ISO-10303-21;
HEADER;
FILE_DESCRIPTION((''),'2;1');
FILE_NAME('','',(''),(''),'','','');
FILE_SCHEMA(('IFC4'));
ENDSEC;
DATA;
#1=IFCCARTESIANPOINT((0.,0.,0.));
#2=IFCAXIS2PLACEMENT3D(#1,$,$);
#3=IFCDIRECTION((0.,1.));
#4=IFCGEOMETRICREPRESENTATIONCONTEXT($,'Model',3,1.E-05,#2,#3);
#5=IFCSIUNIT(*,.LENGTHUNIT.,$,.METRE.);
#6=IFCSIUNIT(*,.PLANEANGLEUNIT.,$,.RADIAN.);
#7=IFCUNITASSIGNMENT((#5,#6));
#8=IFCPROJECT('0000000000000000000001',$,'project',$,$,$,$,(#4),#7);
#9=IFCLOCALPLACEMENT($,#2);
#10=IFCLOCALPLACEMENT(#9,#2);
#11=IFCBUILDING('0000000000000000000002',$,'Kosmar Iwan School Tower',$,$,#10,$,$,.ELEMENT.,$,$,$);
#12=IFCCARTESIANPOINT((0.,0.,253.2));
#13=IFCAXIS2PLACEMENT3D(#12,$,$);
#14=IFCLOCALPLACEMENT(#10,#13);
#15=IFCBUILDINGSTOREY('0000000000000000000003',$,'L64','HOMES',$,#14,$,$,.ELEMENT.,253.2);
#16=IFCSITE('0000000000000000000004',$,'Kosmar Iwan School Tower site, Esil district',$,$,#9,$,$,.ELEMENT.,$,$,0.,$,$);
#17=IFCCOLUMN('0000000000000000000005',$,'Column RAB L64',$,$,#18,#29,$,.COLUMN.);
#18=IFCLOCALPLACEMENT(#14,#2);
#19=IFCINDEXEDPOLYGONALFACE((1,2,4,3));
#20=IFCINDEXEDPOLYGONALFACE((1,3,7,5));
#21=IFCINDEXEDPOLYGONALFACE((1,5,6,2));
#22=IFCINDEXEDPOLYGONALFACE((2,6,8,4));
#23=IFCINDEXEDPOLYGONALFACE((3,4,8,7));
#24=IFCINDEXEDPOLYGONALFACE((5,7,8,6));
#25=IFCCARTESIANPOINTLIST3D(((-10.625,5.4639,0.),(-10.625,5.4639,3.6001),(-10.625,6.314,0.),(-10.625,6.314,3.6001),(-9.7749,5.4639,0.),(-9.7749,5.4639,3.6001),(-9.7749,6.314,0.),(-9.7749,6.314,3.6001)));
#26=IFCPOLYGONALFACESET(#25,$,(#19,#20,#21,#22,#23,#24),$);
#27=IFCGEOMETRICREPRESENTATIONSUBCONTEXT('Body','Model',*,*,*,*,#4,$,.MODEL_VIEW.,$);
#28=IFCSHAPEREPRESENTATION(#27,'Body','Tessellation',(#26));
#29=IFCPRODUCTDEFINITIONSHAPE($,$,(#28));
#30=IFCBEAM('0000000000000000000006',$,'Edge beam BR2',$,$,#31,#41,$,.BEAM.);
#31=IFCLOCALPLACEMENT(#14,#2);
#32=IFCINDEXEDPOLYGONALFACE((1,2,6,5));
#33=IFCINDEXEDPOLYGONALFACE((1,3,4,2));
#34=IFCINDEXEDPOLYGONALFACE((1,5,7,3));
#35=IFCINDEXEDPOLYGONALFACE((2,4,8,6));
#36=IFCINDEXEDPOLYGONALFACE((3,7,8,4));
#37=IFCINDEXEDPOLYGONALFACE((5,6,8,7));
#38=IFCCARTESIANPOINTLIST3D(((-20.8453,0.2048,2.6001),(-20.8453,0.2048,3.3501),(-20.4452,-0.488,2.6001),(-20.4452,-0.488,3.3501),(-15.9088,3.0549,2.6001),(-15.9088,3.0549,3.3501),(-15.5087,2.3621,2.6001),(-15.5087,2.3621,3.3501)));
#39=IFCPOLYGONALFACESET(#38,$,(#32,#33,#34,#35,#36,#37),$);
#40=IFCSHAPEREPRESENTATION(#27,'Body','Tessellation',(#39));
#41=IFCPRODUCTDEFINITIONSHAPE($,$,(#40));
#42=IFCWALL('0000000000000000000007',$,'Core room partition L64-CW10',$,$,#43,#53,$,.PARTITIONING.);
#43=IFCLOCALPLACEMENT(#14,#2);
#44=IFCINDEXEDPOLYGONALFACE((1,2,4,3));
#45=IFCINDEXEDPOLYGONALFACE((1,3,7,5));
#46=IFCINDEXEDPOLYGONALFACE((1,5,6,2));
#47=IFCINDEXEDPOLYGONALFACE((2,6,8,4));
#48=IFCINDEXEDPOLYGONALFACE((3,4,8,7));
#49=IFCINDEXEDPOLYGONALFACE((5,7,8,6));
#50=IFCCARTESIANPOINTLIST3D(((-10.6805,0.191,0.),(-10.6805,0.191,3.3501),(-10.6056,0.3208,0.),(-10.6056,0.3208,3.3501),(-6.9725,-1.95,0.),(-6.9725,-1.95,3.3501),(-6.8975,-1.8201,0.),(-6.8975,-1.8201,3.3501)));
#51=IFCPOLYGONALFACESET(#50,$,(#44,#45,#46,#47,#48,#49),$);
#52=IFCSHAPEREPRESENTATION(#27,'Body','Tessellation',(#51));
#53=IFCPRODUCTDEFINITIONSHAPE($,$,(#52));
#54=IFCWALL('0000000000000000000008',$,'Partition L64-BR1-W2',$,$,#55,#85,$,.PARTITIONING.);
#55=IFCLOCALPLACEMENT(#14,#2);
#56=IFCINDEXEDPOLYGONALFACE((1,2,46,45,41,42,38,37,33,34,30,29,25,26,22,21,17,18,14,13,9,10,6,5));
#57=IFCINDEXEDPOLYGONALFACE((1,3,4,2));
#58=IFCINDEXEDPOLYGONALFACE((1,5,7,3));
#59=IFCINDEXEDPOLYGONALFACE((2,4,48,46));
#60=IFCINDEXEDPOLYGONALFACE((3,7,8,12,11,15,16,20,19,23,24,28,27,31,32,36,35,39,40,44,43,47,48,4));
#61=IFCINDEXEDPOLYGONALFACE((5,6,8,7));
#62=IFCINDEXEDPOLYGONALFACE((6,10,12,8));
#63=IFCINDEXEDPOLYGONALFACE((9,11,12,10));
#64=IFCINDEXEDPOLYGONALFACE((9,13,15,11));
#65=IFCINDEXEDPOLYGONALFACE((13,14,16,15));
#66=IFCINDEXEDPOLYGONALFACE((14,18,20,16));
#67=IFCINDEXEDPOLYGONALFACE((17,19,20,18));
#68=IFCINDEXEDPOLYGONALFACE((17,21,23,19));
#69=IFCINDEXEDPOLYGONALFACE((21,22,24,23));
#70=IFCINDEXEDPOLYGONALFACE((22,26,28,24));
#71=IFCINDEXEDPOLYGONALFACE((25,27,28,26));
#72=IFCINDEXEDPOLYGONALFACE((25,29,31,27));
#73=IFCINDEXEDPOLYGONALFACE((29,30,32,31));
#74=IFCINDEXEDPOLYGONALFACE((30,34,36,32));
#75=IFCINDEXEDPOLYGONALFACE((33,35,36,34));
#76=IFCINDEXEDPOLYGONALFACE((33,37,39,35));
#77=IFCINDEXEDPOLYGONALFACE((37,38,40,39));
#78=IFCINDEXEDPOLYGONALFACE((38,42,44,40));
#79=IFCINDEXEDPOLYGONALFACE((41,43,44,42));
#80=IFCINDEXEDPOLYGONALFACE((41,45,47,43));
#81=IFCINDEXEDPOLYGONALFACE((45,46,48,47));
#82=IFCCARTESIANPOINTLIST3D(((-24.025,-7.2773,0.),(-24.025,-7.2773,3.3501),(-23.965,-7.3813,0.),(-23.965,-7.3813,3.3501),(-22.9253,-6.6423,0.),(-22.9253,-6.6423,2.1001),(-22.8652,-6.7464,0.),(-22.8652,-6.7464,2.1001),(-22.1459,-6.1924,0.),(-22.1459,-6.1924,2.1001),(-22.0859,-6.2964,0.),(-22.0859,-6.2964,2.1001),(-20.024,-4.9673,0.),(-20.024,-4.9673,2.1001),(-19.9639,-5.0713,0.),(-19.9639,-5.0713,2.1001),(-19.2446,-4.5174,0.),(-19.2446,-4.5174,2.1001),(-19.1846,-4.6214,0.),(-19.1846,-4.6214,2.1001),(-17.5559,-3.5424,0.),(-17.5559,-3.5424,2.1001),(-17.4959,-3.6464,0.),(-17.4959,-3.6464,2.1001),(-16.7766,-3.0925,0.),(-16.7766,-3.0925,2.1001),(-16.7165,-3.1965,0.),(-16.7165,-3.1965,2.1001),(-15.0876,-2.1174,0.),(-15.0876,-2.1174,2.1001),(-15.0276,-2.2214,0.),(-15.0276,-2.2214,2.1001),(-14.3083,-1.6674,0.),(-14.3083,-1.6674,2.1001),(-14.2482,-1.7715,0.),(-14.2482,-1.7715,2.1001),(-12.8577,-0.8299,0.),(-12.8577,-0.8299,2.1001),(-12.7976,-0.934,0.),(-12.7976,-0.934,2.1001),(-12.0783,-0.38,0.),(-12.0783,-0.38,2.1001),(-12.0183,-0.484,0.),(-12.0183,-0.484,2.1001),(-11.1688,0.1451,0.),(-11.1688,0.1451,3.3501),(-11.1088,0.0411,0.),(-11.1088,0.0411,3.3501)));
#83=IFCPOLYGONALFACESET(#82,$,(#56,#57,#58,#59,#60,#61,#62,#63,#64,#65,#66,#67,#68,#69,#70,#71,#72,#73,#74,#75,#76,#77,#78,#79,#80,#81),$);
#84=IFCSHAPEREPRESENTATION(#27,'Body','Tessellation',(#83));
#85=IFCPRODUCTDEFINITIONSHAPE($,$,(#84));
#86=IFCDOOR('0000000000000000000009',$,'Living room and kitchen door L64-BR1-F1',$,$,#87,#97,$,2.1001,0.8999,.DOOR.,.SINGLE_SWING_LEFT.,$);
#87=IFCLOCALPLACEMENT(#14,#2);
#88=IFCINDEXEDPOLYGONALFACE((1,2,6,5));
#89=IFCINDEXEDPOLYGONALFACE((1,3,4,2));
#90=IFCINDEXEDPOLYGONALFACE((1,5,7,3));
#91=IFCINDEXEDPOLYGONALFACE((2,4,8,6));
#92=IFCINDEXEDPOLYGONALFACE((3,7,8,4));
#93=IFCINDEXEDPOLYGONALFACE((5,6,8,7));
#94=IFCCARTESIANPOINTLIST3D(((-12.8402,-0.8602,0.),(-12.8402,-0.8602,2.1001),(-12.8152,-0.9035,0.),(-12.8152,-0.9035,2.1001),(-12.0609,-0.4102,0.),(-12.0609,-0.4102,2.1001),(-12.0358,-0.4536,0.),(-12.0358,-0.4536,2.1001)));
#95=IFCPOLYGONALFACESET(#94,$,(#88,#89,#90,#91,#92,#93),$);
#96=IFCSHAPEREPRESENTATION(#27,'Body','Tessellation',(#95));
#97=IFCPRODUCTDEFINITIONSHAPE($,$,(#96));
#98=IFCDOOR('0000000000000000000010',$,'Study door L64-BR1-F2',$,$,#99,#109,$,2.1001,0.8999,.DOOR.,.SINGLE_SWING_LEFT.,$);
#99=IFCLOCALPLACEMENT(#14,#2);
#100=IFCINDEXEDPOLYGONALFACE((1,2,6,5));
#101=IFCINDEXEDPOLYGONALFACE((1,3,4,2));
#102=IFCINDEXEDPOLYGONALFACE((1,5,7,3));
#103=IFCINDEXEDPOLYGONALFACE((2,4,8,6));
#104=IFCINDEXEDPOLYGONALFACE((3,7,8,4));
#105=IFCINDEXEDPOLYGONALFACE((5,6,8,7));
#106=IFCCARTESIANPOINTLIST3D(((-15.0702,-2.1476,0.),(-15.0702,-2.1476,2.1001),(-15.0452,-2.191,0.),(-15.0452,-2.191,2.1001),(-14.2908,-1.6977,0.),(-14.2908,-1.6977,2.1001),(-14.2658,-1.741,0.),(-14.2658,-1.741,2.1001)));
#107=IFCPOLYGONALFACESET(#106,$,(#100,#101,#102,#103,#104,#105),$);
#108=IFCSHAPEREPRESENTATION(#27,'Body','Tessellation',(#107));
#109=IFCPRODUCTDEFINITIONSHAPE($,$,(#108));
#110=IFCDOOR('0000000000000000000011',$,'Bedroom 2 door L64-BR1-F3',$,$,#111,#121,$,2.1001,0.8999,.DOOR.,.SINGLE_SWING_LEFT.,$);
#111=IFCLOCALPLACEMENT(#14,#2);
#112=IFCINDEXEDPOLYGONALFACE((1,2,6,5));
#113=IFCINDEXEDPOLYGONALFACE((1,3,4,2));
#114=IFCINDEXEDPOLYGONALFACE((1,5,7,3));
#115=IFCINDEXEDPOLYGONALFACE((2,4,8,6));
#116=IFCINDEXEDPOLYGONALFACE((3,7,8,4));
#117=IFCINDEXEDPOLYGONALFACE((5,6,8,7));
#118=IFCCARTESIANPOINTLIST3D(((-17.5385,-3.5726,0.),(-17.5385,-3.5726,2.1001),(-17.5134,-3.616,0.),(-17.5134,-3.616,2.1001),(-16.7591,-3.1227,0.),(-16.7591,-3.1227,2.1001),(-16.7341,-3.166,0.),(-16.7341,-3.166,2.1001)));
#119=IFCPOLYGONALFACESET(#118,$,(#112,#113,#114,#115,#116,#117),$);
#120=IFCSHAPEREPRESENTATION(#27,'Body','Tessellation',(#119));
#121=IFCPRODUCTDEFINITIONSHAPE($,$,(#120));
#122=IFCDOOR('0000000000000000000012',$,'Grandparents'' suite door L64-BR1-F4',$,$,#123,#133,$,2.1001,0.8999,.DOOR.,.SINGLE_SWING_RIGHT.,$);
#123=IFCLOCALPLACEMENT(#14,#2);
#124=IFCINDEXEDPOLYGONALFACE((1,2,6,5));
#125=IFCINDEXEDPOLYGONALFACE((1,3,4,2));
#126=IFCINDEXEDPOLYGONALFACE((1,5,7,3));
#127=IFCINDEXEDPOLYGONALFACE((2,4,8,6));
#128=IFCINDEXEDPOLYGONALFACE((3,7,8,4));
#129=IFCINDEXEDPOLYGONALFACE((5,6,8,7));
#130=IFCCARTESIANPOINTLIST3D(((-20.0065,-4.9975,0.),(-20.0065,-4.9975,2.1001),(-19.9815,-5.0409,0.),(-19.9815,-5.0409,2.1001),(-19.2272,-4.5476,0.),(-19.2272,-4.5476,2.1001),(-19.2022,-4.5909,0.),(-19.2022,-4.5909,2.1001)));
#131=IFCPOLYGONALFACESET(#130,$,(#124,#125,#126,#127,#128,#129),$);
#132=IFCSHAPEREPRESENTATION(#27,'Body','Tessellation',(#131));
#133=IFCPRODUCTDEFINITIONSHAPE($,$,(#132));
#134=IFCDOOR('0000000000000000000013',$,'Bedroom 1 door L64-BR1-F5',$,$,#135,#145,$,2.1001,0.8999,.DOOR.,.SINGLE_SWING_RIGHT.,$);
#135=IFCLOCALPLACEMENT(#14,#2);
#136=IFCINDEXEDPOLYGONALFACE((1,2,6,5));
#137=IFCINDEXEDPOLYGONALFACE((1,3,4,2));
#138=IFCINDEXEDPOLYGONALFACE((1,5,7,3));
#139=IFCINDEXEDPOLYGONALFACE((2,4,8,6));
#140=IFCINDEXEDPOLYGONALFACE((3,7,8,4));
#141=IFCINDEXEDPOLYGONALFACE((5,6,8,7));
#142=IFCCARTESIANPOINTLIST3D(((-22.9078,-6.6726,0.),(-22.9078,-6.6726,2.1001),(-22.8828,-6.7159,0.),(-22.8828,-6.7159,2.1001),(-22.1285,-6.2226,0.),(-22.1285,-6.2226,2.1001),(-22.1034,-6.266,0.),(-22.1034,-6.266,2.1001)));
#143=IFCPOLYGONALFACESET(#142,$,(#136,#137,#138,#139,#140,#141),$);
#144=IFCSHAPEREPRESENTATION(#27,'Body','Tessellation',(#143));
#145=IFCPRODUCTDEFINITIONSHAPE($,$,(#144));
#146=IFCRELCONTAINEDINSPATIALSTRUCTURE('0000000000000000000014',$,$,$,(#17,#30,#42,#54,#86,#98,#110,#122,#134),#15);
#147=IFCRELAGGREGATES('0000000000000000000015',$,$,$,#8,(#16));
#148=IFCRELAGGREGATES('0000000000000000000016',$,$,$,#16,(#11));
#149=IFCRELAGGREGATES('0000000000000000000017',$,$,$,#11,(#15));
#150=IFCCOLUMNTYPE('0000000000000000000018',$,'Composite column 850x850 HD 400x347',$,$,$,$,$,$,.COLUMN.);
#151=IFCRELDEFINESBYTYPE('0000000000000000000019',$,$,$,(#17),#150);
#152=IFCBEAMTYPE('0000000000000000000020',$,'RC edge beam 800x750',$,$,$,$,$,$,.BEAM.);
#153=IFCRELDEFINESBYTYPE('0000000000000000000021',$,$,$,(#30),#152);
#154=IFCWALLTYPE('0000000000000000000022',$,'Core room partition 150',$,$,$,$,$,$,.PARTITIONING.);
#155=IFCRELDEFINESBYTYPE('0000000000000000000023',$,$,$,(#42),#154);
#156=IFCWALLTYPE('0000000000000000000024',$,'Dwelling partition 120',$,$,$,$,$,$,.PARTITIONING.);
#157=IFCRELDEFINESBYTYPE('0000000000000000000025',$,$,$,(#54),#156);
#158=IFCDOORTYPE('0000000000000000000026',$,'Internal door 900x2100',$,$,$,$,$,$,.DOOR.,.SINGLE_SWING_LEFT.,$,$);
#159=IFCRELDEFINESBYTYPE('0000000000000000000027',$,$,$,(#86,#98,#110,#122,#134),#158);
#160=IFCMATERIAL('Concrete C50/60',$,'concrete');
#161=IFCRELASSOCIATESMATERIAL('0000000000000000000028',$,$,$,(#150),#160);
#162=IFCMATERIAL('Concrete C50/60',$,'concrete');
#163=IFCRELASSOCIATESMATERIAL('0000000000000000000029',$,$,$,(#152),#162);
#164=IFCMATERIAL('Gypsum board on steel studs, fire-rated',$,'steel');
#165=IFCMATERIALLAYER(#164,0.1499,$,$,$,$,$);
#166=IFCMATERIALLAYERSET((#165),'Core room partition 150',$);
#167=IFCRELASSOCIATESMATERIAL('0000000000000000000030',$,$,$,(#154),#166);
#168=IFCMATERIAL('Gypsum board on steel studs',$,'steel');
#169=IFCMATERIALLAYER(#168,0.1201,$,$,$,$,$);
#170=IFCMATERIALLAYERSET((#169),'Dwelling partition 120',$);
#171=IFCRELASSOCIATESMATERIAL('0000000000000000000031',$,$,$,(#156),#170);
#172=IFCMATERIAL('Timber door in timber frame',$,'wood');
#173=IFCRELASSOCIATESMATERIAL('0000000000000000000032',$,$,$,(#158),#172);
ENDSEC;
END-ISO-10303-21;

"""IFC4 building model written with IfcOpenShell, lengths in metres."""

from ifc_helpers import new_model, si_unit, direction, frame, frame_2d, origin, origin_2d, place, context, subcontext, project, spatial, rectangle, extrude, material, layer, layer_set, material_profile, profile_set, type_object, element, fill, save


model = new_model("IFC4")

# Units and contexts
model_context = context("Model", 3, precision=1e-05, world=origin(), true_north=direction((0.0, 1.0)))
body_context = subcontext(model_context, "Body", "Model", "MODEL_VIEW")
ifc_project = project(units=[si_unit("LENGTHUNIT", "METRE"), si_unit("PLANEANGLEUNIT", "RADIAN")], contexts=[model_context])

# Site, building, storey
site_placement = place(None, origin())
site = spatial("IfcSite", under=ifc_project, at=site_placement, Name="Kosmar Iwan School Tower site, Esil district", CompositionType="ELEMENT", RefElevation=0.0)
building_placement = place(site_placement, origin())
building = spatial("IfcBuilding", under=site, at=building_placement, Name="Kosmar Iwan School Tower", CompositionType="ELEMENT")
storey_placement = place(building_placement, frame((0.0, 0.0, 253.2)))
storey = spatial("IfcBuildingStorey", under=building, at=storey_placement, Name="L64", Description="HOMES", CompositionType="ELEMENT", Elevation=253.2)

# Column
ifc_material_1 = material(Name="Concrete C50/60", Category="concrete")
ifc_material_profile_1 = material_profile(ifc_material_1, rectangle(XDim=0.8501, YDim=0.8501, at=origin_2d()), Name="RC 850x850 + HD 400x347")
ifc_profile_set_1 = profile_set([ifc_material_profile_1], Name="Concrete C50/60")
column_type = type_object("IfcColumnType", Name="Composite column 850x850 HD 400x347", PredefinedType="COLUMN", material=ifc_profile_set_1)
column_placement = place(storey_placement, frame((-10.2, 5.8889, 0.0), z_axis=(0.0, 0.0, 1.0), x_axis=(1.0, 0.0, 0.0)))
element("IfcColumn", 1, at=column_placement, inside=storey, type_object=column_type, Name="Column RAB L64", PredefinedType="COLUMN", context=body_context, shape_type="SweptSolid", body=[
    extrude(rectangle(XDim=0.8501, YDim=0.8501, at=origin_2d()), origin(), (0.0, 0.0, 1.0), 3.6001),
])

# Beam
ifc_material_2 = material(Name="Concrete C50/60", Category="concrete")
ifc_material_profile_2 = material_profile(ifc_material_2, rectangle(XDim=0.8, YDim=0.75, at=origin_2d()), Name="RC 800x750")
ifc_profile_set_2 = profile_set([ifc_material_profile_2], Name="Concrete C50/60")
beam_type = type_object("IfcBeamType", Name="RC edge beam 800x750", PredefinedType="BEAM", material=ifc_profile_set_2)
beam_placement = place(storey_placement, frame((-15.7087, 2.7085, 2.9751), z_axis=(-0.866026, -0.499999, 0.0), x_axis=(0.499999, -0.866026, 0.0)))
element("IfcBeam", 2, at=beam_placement, inside=storey, type_object=beam_type, Name="Edge beam BR2", PredefinedType="BEAM", context=body_context, shape_type="SweptSolid", body=[
    extrude(rectangle(XDim=0.8, YDim=0.75, at=origin_2d()), origin(), (0.0, 0.0, 1.0), 5.7002),
])

# Wall
ifc_material_3 = material(Name="Gypsum board on steel studs, fire-rated", Category="steel")
ifc_layer_1 = layer(ifc_material_3, 0.1499)
ifc_layer_set_1 = layer_set([ifc_layer_1], Name="Core room partition 150")
wall_type_1 = type_object("IfcWallType", Name="Core room partition 150", PredefinedType="PARTITIONING", material=ifc_layer_set_1)
wall_1_placement = place(storey_placement, frame((-10.6431, 0.2559, 0.0), z_axis=(0.0, 0.0, 1.0), x_axis=(0.86602, -0.500009, 0.0)))
element("IfcWall", 3, at=wall_1_placement, inside=storey, type_object=wall_type_1, Name="Core room partition L64-CW10", PredefinedType="PARTITIONING", context=body_context, shape_type="SweptSolid", body=[
    extrude(rectangle(XDim=4.2817, YDim=0.1499, at=frame_2d((2.1409, 0.0))), origin(), (0.0, 0.0, 1.0), 3.3501),
])

# Wall, openings, doors
ifc_material_4 = material(Name="Gypsum board on steel studs", Category="steel")
ifc_layer_2 = layer(ifc_material_4, 0.1201)
ifc_layer_set_2 = layer_set([ifc_layer_2], Name="Dwelling partition 120")
wall_type_2 = type_object("IfcWallType", Name="Dwelling partition 120", PredefinedType="PARTITIONING", material=ifc_layer_set_2)
wall_2_placement = place(storey_placement, frame((-11.1389, 0.093, 0.0), z_axis=(0.0, 0.0, 1.0), x_axis=(-0.86603, -0.499992, 0.0)))
wall_2 = element("IfcWall", 4, at=wall_2_placement, inside=storey, type_object=wall_type_2, Name="Partition L64-BR1-W2", PredefinedType="PARTITIONING", context=body_context, shape_type="SweptSolid", body=[
    extrude(rectangle(XDim=14.845, YDim=0.1201, at=frame_2d((7.4224, 0.0))), origin(), (0.0, 0.0, 1.0), 3.3501),
])
opening_1_placement = place(wall_2_placement, frame((1.05, 0.0, 0.0)))
opening_1 = element("IfcOpeningElement", 5, at=opening_1_placement, cuts=wall_2, PredefinedType="OPENING", context=body_context, shape_type="SweptSolid", body=[
    extrude(rectangle(XDim=0.8999, YDim=2.1001, at=frame_2d((0.45, 1.05))), frame((0.0, 0.072, 0.0), z_axis=(0.0, -1.0, 0.0), x_axis=(1.0, 0.0, 0.0)), (0.0, 0.0, 1.0), 0.144),
])
opening_2_placement = place(wall_2_placement, frame((3.625, 0.0, 0.0)))
opening_2 = element("IfcOpeningElement", 6, at=opening_2_placement, cuts=wall_2, PredefinedType="OPENING", context=body_context, shape_type="SweptSolid", body=[
    extrude(rectangle(XDim=0.8999, YDim=2.1001, at=frame_2d((0.45, 1.05))), frame((0.0, 0.072, 0.0), z_axis=(0.0, -1.0, 0.0), x_axis=(1.0, 0.0, 0.0)), (0.0, 0.0, 1.0), 0.144),
])
opening_3_placement = place(wall_2_placement, frame((6.4751, 0.0, 0.0)))
opening_3 = element("IfcOpeningElement", 7, at=opening_3_placement, cuts=wall_2, PredefinedType="OPENING", context=body_context, shape_type="SweptSolid", body=[
    extrude(rectangle(XDim=0.8999, YDim=2.1001, at=frame_2d((0.45, 1.05))), frame((0.0, 0.072, 0.0), z_axis=(0.0, -1.0, 0.0), x_axis=(1.0, 0.0, 0.0)), (0.0, 0.0, 1.0), 0.144),
])
opening_4_placement = place(wall_2_placement, frame((9.325, 0.0, 0.0)))
opening_4 = element("IfcOpeningElement", 8, at=opening_4_placement, cuts=wall_2, PredefinedType="OPENING", context=body_context, shape_type="SweptSolid", body=[
    extrude(rectangle(XDim=0.8999, YDim=2.1001, at=frame_2d((0.45, 1.05))), frame((0.0, 0.072, 0.0), z_axis=(0.0, -1.0, 0.0), x_axis=(1.0, 0.0, 0.0)), (0.0, 0.0, 1.0), 0.144),
])
opening_5_placement = place(wall_2_placement, frame((12.675, 0.0, 0.0)))
opening_5 = element("IfcOpeningElement", 9, at=opening_5_placement, cuts=wall_2, PredefinedType="OPENING", context=body_context, shape_type="SweptSolid", body=[
    extrude(rectangle(XDim=0.8999, YDim=2.1001, at=frame_2d((0.45, 1.05))), frame((0.0, 0.072, 0.0), z_axis=(0.0, -1.0, 0.0), x_axis=(1.0, 0.0, 0.0)), (0.0, 0.0, 1.0), 0.144),
])
ifc_material_5 = material(Name="Timber door in timber frame", Category="wood")
door_type = type_object("IfcDoorType", Name="Internal door 900x2100", OperationType="SINGLE_SWING_LEFT", PredefinedType="DOOR", material=ifc_material_5)
door_1_placement = place(opening_1_placement, origin())
door_1 = element("IfcDoor", 10, at=door_1_placement, inside=storey, type_object=door_type, Name="Living room and kitchen door L64-BR1-F1", OperationType="SINGLE_SWING_LEFT", OverallHeight=2.1001, OverallWidth=0.8999, PredefinedType="DOOR", context=body_context, shape_type="SweptSolid", body=[
    extrude(rectangle(XDim=0.8999, YDim=2.1001, at=frame_2d((0.45, 1.05))), frame((0.0, 0.0249, 0.0), z_axis=(0.0, -1.0, 0.0), x_axis=(1.0, 0.0, 0.0)), (0.0, 0.0, 1.0), 0.05),
])
fill(opening_1, door_1)
door_2_placement = place(opening_2_placement, origin())
door_2 = element("IfcDoor", 11, at=door_2_placement, inside=storey, type_object=door_type, Name="Study door L64-BR1-F2", OperationType="SINGLE_SWING_LEFT", OverallHeight=2.1001, OverallWidth=0.8999, PredefinedType="DOOR", context=body_context, shape_type="SweptSolid", body=[
    extrude(rectangle(XDim=0.8999, YDim=2.1001, at=frame_2d((0.45, 1.05))), frame((0.0, 0.0249, 0.0), z_axis=(0.0, -1.0, 0.0), x_axis=(1.0, 0.0, 0.0)), (0.0, 0.0, 1.0), 0.05),
])
fill(opening_2, door_2)
door_3_placement = place(opening_3_placement, origin())
door_3 = element("IfcDoor", 12, at=door_3_placement, inside=storey, type_object=door_type, Name="Bedroom 2 door L64-BR1-F3", OperationType="SINGLE_SWING_LEFT", OverallHeight=2.1001, OverallWidth=0.8999, PredefinedType="DOOR", context=body_context, shape_type="SweptSolid", body=[
    extrude(rectangle(XDim=0.8999, YDim=2.1001, at=frame_2d((0.45, 1.05))), frame((0.0, 0.0249, 0.0), z_axis=(0.0, -1.0, 0.0), x_axis=(1.0, 0.0, 0.0)), (0.0, 0.0, 1.0), 0.05),
])
fill(opening_3, door_3)
door_4_placement = place(opening_4_placement, origin())
door_4 = element("IfcDoor", 13, at=door_4_placement, inside=storey, type_object=door_type, Name="Grandparents' suite door L64-BR1-F4", OperationType="SINGLE_SWING_RIGHT", OverallHeight=2.1001, OverallWidth=0.8999, PredefinedType="DOOR", context=body_context, shape_type="SweptSolid", body=[
    extrude(rectangle(XDim=0.8999, YDim=2.1001, at=frame_2d((0.45, 1.05))), frame((0.0, 0.0249, 0.0), z_axis=(0.0, -1.0, 0.0), x_axis=(1.0, 0.0, 0.0)), (0.0, 0.0, 1.0), 0.05),
])
fill(opening_4, door_4)
door_5_placement = place(opening_5_placement, origin())
door_5 = element("IfcDoor", 14, at=door_5_placement, inside=storey, type_object=door_type, Name="Bedroom 1 door L64-BR1-F5", OperationType="SINGLE_SWING_RIGHT", OverallHeight=2.1001, OverallWidth=0.8999, PredefinedType="DOOR", context=body_context, shape_type="SweptSolid", body=[
    extrude(rectangle(XDim=0.8999, YDim=2.1001, at=frame_2d((0.45, 1.05))), frame((0.0, 0.0249, 0.0), z_axis=(0.0, -1.0, 0.0), x_axis=(1.0, 0.0, 0.0)), (0.0, 0.0, 1.0), 0.05),
])
fill(opening_5, door_5)

save(model, "model.ifc")
